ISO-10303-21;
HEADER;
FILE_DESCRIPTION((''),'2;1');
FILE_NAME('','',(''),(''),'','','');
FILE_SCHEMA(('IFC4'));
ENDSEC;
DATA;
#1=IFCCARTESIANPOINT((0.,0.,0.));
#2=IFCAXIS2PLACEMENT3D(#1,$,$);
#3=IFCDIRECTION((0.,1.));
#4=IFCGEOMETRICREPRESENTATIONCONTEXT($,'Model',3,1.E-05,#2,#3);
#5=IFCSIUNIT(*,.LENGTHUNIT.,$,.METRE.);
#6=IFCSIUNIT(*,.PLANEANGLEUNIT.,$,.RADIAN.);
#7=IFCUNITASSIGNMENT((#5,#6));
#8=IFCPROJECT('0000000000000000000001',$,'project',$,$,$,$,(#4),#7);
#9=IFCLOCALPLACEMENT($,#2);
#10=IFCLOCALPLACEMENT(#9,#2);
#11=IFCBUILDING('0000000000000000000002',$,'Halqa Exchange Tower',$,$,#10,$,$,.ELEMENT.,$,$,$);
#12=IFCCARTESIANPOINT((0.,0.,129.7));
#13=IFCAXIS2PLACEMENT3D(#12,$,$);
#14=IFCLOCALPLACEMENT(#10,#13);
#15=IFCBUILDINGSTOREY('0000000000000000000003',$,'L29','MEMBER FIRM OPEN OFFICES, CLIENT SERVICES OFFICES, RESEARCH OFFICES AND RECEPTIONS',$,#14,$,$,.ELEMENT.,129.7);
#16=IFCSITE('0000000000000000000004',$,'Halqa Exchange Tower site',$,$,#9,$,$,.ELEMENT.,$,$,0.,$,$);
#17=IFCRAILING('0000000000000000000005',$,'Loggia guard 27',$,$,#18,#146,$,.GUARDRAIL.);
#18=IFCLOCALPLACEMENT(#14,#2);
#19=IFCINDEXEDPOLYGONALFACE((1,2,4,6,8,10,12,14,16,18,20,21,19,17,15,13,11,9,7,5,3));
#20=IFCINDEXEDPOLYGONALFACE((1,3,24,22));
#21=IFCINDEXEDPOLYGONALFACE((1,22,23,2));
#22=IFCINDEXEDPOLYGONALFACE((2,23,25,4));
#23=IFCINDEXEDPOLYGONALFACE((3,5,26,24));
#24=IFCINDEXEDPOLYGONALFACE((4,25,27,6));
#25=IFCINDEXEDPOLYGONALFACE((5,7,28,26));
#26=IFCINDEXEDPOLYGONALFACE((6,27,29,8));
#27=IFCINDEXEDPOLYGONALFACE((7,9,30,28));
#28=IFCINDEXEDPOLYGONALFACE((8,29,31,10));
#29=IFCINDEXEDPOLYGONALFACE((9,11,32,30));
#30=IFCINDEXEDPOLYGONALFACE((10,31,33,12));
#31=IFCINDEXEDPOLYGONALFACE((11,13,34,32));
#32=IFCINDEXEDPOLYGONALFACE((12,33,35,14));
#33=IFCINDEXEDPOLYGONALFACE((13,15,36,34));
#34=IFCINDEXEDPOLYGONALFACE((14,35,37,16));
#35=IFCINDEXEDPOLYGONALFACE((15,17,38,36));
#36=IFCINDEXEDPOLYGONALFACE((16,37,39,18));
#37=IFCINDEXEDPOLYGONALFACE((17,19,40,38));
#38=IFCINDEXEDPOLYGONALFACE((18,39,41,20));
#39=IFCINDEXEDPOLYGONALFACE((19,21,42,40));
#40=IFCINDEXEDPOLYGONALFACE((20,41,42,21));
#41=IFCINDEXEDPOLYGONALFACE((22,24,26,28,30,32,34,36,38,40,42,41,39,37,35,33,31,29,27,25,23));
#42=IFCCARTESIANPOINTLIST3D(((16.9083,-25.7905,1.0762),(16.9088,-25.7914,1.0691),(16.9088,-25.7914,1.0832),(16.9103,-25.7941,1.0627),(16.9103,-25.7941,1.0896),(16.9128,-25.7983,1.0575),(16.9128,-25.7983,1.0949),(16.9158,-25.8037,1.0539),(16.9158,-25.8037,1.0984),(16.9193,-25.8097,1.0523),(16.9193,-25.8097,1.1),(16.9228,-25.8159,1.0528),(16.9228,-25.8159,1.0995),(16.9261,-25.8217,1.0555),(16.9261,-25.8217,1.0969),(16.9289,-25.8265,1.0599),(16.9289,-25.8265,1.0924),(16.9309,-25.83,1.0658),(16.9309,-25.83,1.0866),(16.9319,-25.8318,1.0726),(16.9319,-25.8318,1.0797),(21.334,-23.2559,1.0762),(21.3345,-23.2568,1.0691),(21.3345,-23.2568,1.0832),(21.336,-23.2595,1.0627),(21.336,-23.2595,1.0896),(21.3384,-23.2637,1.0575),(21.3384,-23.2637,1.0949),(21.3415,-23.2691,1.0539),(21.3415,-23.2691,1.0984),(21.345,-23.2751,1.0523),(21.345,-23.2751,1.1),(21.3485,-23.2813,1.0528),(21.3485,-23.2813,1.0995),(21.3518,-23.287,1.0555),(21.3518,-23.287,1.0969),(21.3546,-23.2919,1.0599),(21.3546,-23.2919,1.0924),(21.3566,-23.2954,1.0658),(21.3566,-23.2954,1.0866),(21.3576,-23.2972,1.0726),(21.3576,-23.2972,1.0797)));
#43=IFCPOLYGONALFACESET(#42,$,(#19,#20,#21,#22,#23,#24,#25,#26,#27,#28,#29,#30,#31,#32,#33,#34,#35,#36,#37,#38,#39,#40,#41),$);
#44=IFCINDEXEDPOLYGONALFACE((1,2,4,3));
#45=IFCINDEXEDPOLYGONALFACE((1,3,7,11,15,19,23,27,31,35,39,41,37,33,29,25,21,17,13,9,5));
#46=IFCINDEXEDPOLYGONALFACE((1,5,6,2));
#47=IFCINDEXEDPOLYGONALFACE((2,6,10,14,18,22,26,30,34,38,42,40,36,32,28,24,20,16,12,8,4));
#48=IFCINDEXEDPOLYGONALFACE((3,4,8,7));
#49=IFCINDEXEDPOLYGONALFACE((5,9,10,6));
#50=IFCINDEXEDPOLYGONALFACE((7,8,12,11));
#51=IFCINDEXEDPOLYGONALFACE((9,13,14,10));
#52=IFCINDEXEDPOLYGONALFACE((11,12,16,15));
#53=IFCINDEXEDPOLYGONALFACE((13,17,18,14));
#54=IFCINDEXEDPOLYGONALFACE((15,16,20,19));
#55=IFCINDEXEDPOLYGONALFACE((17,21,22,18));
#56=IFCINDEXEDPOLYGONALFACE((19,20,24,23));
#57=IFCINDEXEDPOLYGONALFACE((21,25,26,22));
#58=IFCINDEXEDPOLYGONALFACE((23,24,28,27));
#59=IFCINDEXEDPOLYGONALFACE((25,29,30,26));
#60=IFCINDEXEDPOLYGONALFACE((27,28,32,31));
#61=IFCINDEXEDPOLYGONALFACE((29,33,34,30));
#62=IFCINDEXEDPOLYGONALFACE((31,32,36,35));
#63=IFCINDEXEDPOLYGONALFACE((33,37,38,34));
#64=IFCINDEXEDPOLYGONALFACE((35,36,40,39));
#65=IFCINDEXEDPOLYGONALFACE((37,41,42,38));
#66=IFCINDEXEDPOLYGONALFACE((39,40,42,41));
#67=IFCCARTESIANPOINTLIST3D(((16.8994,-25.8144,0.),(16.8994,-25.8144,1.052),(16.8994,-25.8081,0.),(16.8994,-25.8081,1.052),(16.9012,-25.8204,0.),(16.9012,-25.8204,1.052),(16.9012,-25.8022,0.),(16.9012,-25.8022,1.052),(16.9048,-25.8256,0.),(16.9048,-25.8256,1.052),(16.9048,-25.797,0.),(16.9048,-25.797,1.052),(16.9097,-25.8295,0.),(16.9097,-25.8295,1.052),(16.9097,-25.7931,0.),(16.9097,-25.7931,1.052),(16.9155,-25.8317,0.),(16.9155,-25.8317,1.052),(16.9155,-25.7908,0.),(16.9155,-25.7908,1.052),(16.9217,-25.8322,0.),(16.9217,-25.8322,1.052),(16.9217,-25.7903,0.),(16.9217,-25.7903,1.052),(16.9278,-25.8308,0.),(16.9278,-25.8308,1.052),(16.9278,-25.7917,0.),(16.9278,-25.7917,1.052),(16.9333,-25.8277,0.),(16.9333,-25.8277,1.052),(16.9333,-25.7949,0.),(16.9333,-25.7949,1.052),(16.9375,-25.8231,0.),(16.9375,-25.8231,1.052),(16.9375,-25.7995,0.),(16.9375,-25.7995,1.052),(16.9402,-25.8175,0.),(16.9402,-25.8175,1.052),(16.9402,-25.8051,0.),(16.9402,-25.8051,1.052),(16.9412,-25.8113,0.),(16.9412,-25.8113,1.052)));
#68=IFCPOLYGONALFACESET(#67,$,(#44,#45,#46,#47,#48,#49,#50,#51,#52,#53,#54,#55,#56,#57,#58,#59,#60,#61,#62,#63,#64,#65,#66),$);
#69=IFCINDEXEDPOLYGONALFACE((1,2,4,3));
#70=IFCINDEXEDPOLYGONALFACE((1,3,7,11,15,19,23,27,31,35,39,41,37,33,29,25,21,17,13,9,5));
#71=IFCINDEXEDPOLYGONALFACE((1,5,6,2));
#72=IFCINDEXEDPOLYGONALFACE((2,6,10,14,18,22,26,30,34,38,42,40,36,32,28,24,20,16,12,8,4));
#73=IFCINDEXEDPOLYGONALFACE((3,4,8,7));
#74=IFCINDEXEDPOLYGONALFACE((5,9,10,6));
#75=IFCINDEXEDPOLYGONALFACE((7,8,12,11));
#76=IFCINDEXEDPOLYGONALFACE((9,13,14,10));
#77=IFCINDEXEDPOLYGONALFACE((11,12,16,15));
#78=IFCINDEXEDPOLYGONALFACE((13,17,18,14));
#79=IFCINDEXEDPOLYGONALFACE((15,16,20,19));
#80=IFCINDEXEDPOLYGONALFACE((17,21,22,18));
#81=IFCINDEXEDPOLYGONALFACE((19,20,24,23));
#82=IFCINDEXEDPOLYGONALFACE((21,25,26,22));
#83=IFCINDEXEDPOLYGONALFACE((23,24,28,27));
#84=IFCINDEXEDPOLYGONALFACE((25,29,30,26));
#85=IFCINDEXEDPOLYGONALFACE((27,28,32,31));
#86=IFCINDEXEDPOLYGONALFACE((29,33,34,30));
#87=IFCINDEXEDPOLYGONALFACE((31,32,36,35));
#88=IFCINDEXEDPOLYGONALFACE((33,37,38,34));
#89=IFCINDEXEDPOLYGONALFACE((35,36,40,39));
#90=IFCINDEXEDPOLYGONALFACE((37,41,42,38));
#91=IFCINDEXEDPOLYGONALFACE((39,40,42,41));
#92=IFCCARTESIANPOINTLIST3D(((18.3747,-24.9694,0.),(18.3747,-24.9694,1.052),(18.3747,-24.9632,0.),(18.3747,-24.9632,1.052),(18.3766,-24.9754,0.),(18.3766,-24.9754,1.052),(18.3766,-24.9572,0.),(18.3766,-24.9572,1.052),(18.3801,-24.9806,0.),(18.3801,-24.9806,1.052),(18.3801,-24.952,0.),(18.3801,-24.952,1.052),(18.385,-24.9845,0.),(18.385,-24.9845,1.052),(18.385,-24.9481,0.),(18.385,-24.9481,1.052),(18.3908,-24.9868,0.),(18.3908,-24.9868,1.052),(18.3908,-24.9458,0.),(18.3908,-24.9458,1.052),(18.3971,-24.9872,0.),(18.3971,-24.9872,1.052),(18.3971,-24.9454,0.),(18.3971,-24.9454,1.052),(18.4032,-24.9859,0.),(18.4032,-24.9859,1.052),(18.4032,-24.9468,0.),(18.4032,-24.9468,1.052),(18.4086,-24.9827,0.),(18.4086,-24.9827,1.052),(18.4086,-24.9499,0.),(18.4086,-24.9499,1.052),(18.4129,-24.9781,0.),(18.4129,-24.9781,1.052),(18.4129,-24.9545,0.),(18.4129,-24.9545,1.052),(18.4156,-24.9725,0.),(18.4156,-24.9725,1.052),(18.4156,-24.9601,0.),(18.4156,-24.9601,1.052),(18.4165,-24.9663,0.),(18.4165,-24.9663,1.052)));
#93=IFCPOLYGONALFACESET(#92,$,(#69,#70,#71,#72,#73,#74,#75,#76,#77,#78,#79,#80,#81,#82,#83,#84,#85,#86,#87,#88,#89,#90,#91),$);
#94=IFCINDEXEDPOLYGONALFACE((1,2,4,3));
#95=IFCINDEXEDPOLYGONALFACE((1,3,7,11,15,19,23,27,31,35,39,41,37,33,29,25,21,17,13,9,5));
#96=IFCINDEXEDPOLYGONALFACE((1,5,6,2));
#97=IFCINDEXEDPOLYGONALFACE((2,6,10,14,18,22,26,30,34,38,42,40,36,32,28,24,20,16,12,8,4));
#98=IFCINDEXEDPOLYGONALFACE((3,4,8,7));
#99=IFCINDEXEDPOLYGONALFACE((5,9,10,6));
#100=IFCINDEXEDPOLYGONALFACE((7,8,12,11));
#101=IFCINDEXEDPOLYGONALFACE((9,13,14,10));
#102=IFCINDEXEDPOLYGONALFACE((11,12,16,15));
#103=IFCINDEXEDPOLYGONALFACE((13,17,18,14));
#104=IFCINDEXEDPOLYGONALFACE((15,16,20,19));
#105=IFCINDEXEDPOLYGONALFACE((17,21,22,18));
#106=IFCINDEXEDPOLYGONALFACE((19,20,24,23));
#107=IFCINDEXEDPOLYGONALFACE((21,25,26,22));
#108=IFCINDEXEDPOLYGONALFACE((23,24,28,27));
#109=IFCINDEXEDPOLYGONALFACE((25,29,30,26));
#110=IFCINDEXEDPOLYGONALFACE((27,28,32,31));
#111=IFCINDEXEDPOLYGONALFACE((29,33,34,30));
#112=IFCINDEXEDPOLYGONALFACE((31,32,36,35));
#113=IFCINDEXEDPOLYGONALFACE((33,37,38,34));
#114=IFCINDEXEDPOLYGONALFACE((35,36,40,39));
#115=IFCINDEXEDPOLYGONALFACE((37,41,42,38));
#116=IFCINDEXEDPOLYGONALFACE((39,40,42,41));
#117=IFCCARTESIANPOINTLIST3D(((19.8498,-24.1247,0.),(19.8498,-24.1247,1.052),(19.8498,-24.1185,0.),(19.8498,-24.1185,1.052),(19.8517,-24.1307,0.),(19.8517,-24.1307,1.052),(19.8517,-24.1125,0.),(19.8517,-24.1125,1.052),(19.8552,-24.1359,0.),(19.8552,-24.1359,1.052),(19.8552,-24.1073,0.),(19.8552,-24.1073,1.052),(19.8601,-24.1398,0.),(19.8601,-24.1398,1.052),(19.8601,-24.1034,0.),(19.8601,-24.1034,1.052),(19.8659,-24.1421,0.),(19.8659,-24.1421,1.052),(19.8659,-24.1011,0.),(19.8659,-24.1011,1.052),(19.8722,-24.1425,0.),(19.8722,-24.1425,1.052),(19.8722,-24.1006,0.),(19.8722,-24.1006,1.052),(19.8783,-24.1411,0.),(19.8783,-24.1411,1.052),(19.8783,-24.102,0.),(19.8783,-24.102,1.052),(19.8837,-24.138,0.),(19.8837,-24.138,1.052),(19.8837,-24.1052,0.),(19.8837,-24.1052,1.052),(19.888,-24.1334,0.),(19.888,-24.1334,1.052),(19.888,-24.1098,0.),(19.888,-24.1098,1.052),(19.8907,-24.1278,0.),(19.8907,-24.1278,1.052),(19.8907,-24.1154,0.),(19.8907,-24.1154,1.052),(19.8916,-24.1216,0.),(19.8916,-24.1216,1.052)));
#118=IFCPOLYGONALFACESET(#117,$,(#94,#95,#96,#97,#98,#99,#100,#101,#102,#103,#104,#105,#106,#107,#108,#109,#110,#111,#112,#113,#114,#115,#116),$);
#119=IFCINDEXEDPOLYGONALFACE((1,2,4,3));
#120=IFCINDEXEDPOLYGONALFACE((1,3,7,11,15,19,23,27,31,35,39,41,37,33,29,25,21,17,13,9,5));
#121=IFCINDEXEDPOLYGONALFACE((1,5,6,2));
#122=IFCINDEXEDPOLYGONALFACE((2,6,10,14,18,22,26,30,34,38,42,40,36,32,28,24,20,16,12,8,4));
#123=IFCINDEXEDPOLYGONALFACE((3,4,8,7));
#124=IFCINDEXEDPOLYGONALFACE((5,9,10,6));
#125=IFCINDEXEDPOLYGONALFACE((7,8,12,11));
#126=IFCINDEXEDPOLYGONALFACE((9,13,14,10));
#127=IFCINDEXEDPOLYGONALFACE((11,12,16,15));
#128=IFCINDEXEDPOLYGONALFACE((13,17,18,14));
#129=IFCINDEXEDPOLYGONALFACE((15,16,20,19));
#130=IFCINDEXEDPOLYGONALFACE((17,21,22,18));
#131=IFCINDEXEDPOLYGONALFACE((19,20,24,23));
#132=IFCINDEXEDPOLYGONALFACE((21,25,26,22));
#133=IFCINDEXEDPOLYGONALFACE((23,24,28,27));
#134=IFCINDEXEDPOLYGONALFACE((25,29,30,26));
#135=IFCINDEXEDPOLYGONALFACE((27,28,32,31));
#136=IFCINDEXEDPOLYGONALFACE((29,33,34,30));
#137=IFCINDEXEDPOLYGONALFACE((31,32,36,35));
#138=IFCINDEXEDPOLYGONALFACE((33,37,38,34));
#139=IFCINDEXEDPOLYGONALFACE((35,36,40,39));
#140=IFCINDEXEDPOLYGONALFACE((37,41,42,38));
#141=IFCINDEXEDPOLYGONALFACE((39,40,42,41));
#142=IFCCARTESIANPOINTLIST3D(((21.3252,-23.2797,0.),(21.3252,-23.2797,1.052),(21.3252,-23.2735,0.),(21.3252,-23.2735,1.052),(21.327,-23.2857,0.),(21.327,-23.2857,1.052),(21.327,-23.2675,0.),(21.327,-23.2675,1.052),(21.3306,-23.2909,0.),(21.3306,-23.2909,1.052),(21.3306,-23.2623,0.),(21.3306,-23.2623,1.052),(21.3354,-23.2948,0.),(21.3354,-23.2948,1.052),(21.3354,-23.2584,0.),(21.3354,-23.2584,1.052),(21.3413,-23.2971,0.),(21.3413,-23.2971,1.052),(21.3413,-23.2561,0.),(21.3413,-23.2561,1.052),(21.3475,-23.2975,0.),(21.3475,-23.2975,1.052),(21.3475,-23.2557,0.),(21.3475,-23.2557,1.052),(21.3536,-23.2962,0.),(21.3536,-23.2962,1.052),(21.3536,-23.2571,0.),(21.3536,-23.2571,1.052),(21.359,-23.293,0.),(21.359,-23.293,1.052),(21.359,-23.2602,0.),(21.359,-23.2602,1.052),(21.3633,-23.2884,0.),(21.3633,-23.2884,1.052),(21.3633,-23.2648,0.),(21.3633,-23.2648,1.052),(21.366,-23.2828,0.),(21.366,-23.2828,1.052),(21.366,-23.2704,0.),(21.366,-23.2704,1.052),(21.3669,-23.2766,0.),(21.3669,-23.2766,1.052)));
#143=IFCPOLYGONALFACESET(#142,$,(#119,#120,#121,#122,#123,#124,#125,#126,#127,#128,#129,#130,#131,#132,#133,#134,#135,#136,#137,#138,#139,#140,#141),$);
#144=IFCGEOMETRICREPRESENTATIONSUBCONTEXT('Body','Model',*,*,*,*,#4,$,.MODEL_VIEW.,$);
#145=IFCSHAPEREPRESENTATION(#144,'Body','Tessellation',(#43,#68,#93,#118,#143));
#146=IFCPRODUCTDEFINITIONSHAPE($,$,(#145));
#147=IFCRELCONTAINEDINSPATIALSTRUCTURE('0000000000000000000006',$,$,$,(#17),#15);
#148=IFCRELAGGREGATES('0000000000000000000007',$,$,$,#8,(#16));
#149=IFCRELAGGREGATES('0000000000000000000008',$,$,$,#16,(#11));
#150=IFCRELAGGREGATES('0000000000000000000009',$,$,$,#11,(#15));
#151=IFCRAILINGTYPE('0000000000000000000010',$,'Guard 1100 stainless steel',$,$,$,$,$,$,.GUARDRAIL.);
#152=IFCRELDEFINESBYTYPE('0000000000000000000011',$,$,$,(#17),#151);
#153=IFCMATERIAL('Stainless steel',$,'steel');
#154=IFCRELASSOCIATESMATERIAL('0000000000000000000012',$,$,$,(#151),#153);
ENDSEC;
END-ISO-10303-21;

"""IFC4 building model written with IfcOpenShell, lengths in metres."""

from ifc_helpers import new_model, si_unit, direction, frame, origin, origin_2d, place, context, subcontext, project, spatial, circle, extrude, material, type_object, element, save


model = new_model("IFC4")

# Units and contexts
model_context = context("Model", 3, precision=1e-05, world=origin(), true_north=direction((0.0, 1.0)))
body_context = subcontext(model_context, "Body", "Model", "MODEL_VIEW")
ifc_project = project(units=[si_unit("LENGTHUNIT", "METRE"), si_unit("PLANEANGLEUNIT", "RADIAN")], contexts=[model_context])

# Site, building, storey
site_placement = place(None, origin())
site = spatial("IfcSite", under=ifc_project, at=site_placement, Name="Halqa Exchange Tower site", CompositionType="ELEMENT", RefElevation=0.0)
building_placement = place(site_placement, origin())
building = spatial("IfcBuilding", under=site, at=building_placement, Name="Halqa Exchange Tower", CompositionType="ELEMENT")
storey_placement = place(building_placement, frame((0.0, 0.0, 129.7)))
storey = spatial("IfcBuildingStorey", under=building, at=storey_placement, Name="L29", Description="MEMBER FIRM OPEN OFFICES, CLIENT SERVICES OFFICES, RESEARCH OFFICES AND RECEPTIONS", CompositionType="ELEMENT", Elevation=129.7)

# Railing
ifc_material_1 = material(Name="Stainless steel", Category="steel")
railing_type = type_object("IfcRailingType", Name="Guard 1100 stainless steel", PredefinedType="GUARDRAIL", material=ifc_material_1)
railing_1_placement = place(storey_placement, frame((16.9202, -25.8113, 0.0)))
element("IfcRailing", 1, at=railing_1_placement, inside=storey, type_object=railing_type, Name="Loggia guard 27", PredefinedType="GUARDRAIL", context=body_context, shape_type="SweptSolid", body=[
    extrude(circle(Radius=0.0239, at=origin_2d()), frame((0.0, 0.0, 1.0762), z_axis=(0.867766, 0.496974, 0.0), x_axis=(-0.496974, 0.867766, 0.0)), (0.0, 0.0, 1.0), 5.1001),
    extrude(circle(Radius=0.021, at=origin_2d()), origin(), (0.0, 0.0, 1.0), 1.052),
    extrude(circle(Radius=0.021, at=origin_2d()), frame((1.4753, 0.845, 0.0)), (0.0, 0.0, 1.0), 1.052),
    extrude(circle(Radius=0.021, at=origin_2d()), frame((2.9504, 1.6897, 0.0)), (0.0, 0.0, 1.0), 1.052),
    extrude(circle(Radius=0.021, at=origin_2d()), frame((4.4258, 2.5347, 0.0)), (0.0, 0.0, 1.0), 1.052),
])

save(model, "model.ifc")
